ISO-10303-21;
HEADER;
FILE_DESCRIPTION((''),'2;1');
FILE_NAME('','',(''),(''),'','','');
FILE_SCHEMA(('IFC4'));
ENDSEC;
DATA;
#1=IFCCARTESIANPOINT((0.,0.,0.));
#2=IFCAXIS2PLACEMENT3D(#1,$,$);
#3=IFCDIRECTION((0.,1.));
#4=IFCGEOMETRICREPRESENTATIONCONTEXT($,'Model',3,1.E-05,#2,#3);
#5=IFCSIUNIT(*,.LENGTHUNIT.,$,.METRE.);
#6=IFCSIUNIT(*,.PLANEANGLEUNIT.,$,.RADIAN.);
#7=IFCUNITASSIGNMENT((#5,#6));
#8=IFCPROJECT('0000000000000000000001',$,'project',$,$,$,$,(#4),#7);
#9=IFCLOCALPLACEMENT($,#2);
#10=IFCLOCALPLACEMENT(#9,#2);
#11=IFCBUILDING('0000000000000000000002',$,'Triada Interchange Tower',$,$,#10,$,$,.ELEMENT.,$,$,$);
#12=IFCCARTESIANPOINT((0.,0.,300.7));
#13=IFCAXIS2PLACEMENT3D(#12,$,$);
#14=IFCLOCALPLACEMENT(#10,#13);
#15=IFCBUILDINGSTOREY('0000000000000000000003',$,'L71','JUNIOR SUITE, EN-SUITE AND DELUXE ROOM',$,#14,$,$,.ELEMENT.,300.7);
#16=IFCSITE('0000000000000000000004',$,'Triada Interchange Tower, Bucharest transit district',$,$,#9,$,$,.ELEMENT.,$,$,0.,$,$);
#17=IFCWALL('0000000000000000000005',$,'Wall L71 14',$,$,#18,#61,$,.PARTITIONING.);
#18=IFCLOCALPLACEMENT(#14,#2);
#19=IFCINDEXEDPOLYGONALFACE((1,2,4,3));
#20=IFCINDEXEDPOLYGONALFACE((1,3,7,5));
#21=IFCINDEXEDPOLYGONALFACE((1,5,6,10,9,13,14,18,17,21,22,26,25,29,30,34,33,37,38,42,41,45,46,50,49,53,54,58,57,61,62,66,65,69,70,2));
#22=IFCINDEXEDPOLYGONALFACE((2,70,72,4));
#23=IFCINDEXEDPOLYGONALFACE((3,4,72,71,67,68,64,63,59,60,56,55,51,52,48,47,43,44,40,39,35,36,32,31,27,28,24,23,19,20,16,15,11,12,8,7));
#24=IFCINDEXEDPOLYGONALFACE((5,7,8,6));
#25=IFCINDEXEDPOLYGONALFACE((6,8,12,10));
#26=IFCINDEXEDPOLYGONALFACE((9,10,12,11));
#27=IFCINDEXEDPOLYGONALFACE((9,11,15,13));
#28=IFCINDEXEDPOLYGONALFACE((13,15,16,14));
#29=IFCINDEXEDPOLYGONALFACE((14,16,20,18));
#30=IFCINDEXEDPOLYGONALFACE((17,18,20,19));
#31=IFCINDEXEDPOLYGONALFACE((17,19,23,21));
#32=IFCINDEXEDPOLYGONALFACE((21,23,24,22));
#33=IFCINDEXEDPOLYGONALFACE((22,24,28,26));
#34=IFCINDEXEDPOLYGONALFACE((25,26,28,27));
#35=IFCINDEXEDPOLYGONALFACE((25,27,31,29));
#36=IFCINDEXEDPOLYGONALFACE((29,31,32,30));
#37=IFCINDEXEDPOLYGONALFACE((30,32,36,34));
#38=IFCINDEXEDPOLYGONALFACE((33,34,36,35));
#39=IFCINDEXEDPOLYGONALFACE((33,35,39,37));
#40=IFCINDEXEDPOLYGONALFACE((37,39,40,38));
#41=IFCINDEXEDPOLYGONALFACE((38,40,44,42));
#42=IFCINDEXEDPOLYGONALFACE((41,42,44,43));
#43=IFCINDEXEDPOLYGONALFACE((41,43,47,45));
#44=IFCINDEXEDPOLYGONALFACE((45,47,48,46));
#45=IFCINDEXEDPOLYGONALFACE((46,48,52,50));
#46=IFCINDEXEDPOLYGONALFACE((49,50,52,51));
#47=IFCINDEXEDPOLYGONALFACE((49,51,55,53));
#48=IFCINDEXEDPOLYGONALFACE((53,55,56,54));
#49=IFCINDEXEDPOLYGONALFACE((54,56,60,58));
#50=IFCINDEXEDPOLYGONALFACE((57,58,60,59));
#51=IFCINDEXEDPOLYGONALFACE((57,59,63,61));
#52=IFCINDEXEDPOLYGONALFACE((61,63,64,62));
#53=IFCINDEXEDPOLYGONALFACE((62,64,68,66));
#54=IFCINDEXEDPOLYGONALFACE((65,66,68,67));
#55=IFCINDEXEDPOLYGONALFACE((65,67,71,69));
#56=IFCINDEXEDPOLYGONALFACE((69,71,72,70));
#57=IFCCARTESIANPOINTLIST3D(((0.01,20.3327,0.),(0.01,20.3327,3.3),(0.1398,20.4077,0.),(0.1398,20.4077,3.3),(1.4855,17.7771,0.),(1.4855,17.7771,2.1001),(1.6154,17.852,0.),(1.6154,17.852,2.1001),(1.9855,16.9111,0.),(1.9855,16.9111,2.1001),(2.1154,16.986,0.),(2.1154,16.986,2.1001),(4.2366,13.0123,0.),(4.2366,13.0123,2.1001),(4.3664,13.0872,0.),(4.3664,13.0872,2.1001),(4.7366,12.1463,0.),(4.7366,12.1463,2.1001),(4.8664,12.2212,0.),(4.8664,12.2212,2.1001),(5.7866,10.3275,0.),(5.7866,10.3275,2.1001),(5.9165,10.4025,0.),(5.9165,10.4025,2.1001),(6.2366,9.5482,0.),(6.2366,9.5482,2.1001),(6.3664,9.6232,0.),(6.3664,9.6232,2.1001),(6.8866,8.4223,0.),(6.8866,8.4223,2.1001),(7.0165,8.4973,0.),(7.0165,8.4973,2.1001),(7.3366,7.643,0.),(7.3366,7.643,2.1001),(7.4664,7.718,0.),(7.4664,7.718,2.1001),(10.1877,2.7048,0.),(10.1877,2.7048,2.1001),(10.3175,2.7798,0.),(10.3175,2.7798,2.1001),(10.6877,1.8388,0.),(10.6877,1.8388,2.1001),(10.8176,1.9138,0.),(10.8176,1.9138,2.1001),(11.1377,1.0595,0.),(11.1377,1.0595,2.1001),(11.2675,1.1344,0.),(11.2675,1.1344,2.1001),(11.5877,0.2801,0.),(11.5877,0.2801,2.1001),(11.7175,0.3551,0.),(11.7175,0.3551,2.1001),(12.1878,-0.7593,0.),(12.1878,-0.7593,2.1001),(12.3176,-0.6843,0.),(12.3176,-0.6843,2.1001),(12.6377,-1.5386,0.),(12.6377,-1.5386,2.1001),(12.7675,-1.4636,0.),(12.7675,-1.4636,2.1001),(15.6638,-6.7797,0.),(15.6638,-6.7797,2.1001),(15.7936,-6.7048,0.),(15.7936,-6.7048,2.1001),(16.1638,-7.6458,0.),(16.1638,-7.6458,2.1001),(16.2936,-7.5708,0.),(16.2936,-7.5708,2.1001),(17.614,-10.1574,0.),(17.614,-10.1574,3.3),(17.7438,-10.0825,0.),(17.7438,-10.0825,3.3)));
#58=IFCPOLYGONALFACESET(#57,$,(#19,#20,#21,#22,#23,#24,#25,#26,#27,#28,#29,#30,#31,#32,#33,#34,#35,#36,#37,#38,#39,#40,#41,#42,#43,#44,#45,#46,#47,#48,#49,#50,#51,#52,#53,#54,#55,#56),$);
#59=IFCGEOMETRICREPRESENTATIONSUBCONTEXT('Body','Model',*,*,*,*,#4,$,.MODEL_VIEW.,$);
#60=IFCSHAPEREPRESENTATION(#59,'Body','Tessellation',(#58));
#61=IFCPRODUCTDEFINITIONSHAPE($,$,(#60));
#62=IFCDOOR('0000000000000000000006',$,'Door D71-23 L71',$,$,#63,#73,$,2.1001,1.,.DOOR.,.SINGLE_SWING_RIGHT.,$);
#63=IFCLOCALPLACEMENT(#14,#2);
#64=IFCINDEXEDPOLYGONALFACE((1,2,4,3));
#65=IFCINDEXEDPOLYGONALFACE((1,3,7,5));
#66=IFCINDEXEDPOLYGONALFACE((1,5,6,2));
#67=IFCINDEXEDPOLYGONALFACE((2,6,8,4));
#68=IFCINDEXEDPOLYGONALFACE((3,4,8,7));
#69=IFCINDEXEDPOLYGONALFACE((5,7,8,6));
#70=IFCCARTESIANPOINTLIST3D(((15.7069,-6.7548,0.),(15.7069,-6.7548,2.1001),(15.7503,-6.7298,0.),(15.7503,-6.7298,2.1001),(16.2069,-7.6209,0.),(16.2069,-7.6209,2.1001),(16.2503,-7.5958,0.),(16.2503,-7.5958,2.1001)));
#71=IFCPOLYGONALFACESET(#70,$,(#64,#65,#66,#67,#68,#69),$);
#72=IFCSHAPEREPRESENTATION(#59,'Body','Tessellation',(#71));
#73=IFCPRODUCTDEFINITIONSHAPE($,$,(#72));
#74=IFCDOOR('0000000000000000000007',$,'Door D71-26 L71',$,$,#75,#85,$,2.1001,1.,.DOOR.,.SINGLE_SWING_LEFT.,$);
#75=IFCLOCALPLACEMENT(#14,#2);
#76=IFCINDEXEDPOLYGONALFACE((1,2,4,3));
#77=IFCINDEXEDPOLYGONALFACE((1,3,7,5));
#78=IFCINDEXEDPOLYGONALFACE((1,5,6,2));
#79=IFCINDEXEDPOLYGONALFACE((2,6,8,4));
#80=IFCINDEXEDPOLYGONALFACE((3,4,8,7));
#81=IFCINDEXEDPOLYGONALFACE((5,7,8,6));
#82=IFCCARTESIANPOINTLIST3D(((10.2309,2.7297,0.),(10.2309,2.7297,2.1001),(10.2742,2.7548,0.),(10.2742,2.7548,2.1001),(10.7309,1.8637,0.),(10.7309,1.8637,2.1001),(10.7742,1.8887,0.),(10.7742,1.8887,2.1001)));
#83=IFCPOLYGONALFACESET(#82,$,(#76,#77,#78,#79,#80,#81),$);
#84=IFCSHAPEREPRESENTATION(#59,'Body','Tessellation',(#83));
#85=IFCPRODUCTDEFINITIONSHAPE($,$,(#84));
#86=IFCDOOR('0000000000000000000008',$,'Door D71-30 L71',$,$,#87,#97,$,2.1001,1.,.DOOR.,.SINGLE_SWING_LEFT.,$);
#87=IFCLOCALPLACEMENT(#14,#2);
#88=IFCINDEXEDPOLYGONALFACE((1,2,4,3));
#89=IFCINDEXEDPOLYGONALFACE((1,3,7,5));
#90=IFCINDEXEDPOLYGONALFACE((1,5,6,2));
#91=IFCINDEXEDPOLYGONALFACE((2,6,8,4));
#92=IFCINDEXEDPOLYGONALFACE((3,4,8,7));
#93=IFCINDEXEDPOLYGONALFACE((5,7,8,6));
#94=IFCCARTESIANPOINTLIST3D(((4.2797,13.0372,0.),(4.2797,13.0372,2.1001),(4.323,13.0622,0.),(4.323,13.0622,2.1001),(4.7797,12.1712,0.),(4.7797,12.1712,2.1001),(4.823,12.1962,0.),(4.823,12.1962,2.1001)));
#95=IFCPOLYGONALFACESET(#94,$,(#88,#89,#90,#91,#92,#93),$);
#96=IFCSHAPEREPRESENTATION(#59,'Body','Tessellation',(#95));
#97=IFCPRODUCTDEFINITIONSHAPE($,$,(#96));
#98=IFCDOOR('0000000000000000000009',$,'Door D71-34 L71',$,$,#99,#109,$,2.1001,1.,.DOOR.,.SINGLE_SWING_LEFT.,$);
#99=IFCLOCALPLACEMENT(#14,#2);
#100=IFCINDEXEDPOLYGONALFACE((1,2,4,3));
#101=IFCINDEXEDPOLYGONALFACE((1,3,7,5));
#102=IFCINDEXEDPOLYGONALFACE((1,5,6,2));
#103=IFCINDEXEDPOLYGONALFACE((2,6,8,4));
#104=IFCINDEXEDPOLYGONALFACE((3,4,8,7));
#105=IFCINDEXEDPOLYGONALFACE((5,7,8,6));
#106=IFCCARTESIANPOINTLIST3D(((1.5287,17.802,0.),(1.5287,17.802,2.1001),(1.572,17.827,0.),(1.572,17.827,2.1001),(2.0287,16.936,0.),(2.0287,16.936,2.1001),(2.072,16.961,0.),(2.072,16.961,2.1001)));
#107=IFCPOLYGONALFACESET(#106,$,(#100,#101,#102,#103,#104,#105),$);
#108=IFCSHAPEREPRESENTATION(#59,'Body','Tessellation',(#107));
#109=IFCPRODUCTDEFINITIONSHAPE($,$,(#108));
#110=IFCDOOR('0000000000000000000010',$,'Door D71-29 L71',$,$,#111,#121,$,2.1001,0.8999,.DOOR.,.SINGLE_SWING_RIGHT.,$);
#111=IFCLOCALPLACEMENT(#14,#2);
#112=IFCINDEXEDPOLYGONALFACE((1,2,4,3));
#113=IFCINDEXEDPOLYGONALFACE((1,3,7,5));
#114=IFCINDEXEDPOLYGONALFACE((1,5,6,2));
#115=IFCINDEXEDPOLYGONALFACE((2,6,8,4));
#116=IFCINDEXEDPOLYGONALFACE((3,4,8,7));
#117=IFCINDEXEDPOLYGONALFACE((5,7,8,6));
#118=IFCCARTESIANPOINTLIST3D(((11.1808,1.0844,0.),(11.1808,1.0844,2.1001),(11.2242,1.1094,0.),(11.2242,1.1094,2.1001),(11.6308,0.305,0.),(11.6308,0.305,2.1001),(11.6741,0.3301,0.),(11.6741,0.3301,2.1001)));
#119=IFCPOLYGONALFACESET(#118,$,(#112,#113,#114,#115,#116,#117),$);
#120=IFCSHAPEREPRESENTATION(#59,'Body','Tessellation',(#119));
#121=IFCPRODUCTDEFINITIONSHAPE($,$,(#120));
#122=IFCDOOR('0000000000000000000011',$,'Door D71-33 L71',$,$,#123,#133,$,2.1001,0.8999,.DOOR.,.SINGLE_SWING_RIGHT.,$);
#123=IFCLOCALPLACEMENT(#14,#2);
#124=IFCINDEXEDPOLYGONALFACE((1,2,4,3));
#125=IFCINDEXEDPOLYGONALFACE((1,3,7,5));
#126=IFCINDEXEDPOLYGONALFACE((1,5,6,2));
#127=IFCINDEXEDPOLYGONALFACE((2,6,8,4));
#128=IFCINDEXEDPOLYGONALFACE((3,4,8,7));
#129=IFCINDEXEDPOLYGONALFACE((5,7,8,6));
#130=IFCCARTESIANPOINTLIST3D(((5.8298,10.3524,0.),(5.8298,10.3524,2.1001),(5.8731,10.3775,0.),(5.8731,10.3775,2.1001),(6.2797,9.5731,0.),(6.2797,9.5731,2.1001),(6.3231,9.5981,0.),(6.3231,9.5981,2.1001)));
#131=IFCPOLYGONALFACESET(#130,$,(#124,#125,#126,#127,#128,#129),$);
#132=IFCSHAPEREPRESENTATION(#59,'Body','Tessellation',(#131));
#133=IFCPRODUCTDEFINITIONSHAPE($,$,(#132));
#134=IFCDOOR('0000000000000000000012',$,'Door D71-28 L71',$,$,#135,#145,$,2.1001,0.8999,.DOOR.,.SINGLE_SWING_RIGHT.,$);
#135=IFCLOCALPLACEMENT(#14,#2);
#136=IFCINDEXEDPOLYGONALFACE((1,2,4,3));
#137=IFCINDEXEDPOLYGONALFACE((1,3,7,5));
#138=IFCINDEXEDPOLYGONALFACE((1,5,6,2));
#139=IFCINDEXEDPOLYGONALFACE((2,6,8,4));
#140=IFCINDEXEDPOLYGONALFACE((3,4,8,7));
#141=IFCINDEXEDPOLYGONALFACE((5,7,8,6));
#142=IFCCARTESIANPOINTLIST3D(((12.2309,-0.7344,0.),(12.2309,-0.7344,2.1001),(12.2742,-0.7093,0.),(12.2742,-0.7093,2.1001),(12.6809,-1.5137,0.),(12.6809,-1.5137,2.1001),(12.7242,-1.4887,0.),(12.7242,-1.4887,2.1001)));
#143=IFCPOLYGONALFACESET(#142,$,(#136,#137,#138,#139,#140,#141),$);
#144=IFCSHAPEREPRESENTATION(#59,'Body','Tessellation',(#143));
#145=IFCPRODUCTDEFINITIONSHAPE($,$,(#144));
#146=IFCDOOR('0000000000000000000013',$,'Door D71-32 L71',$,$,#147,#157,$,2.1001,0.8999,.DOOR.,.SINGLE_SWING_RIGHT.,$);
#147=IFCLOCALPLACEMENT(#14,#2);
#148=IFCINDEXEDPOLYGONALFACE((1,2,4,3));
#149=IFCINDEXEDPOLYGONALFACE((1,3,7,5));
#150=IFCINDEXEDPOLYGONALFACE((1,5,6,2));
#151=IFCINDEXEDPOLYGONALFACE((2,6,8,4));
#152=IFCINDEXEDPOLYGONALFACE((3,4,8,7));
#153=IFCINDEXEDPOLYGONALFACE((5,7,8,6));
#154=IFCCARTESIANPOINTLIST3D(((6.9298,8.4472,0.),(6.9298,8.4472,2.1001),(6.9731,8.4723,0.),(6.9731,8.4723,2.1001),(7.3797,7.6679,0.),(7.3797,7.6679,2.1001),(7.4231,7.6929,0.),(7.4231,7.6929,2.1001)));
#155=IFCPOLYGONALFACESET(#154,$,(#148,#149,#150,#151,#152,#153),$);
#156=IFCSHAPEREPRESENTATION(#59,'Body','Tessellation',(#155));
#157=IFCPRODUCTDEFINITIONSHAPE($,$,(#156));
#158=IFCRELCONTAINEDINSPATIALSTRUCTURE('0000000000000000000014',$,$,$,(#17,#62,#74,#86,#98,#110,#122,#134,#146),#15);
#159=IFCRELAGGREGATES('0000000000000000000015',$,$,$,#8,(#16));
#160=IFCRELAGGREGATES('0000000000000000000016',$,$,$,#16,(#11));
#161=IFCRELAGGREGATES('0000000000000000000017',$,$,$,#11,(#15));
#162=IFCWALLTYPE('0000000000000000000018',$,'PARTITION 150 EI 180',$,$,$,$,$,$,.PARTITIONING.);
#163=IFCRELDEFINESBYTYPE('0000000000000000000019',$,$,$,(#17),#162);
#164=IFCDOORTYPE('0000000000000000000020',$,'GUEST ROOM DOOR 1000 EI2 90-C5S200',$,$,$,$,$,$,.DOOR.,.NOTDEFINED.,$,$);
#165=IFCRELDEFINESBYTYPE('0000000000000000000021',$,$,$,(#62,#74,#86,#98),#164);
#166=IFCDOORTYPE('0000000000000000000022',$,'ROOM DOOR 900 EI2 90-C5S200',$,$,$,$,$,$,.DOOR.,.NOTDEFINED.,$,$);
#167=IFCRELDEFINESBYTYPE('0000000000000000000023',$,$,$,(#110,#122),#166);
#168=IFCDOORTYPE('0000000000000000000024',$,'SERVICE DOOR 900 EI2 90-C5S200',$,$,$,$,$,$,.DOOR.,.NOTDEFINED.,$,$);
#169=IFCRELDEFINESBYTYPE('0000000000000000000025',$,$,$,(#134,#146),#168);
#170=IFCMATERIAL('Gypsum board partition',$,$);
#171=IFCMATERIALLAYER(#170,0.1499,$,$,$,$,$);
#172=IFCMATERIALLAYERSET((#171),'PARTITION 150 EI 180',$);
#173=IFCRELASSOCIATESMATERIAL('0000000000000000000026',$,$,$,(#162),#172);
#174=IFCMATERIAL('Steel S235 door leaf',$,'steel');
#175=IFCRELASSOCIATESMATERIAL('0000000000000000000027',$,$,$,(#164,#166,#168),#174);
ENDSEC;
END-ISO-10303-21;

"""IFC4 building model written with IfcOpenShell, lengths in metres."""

from ifc_helpers import new_model, si_unit, direction, frame, frame_2d, origin, place, context, subcontext, project, spatial, rectangle, extrude, material, layer, layer_set, type_object, element, fill, save


model = new_model("IFC4")

# Units and contexts
model_context = context("Model", 3, precision=1e-05, world=origin(), true_north=direction((0.0, 1.0)))
body_context = subcontext(model_context, "Body", "Model", "MODEL_VIEW")
ifc_project = project(units=[si_unit("LENGTHUNIT", "METRE"), si_unit("PLANEANGLEUNIT", "RADIAN")], contexts=[model_context])

# Site, building, storey
site_placement = place(None, origin())
site = spatial("IfcSite", under=ifc_project, at=site_placement, Name="Triada Interchange Tower, Bucharest transit district", CompositionType="ELEMENT", RefElevation=0.0)
building_placement = place(site_placement, origin())
building = spatial("IfcBuilding", under=site, at=building_placement, Name="Triada Interchange Tower", CompositionType="ELEMENT")
storey_placement = place(building_placement, frame((0.0, 0.0, 300.7)))
storey = spatial("IfcBuildingStorey", under=building, at=storey_placement, Name="L71", Description="JUNIOR SUITE, EN-SUITE AND DELUXE ROOM", CompositionType="ELEMENT", Elevation=300.7)

# Shared definitions
ifc_material_1 = material(Name="Gypsum board partition")
ifc_layer_1 = layer(ifc_material_1, 0.1499)
ifc_layer_set_1 = layer_set([ifc_layer_1], Name="PARTITION 150 EI 180")
wall_type_1 = type_object("IfcWallType", Name="PARTITION 150 EI 180", PredefinedType="PARTITIONING", material=ifc_layer_set_1)

# Wall, openings, doors
wall_1_placement = place(storey_placement, frame((0.075, 20.3701, 0.0), z_axis=(0.0, 0.0, 1.0), x_axis=(0.50001, -0.86602, 0.0)))
wall_1 = element("IfcWall", 1, at=wall_1_placement, inside=storey, type_object=wall_type_1, Name="Wall L71 14", PredefinedType="PARTITIONING", context=body_context, shape_type="SweptSolid", body=[
    extrude(rectangle(XDim=35.2073, YDim=0.1499, at=frame_2d((17.6035, 0.0))), origin(), (0.0, 0.0, 1.0), 3.3),
])
opening_1_placement = place(wall_1_placement, frame((31.3069, 0.0, 0.0)))
opening_1 = element("IfcOpeningElement", 2, at=opening_1_placement, cuts=wall_1, PredefinedType="OPENING", context=body_context, shape_type="SweptSolid", body=[
    extrude(rectangle(XDim=1.0, YDim=2.1001, at=frame_2d((0.5, 1.05))), frame((0.0, 0.085, 0.0), z_axis=(0.0, -1.0, 0.0), x_axis=(1.0, 0.0, 0.0)), (0.0, 0.0, 1.0), 0.1699),
])
opening_2_placement = place(wall_1_placement, frame((20.355, 0.0, 0.0)))
opening_2 = element("IfcOpeningElement", 3, at=opening_2_placement, cuts=wall_1, PredefinedType="OPENING", context=body_context, shape_type="SweptSolid", body=[
    extrude(rectangle(XDim=1.0, YDim=2.1001, at=frame_2d((0.5, 1.05))), frame((0.0, 0.085, 0.0), z_axis=(0.0, -1.0, 0.0), x_axis=(1.0, 0.0, 0.0)), (0.0, 0.0, 1.0), 0.1699),
])
opening_3_placement = place(wall_1_placement, frame((24.355, 0.0, 0.0)))
opening_3 = element("IfcOpeningElement", 4, at=opening_3_placement, cuts=wall_1, PredefinedType="OPENING", context=body_context, shape_type="SweptSolid", body=[
    extrude(rectangle(XDim=0.8999, YDim=2.1001, at=frame_2d((0.45, 1.05))), frame((0.0, 0.085, 0.0), z_axis=(0.0, -1.0, 0.0), x_axis=(1.0, 0.0, 0.0)), (0.0, 0.0, 1.0), 0.1699),
])
opening_4_placement = place(wall_1_placement, frame((22.2549, 0.0, 0.0)))
opening_4 = element("IfcOpeningElement", 5, at=opening_4_placement, cuts=wall_1, PredefinedType="OPENING", context=body_context, shape_type="SweptSolid", body=[
    extrude(rectangle(XDim=0.8999, YDim=2.1001, at=frame_2d((0.45, 1.05))), frame((0.0, 0.085, 0.0), z_axis=(0.0, -1.0, 0.0), x_axis=(1.0, 0.0, 0.0)), (0.0, 0.0, 1.0), 0.1699),
])
opening_5_placement = place(wall_1_placement, frame((8.4529, 0.0, 0.0)))
opening_5 = element("IfcOpeningElement", 6, at=opening_5_placement, cuts=wall_1, PredefinedType="OPENING", context=body_context, shape_type="SweptSolid", body=[
    extrude(rectangle(XDim=1.0, YDim=2.1001, at=frame_2d((0.5, 1.05))), frame((0.0, 0.085, 0.0), z_axis=(0.0, -1.0, 0.0), x_axis=(1.0, 0.0, 0.0)), (0.0, 0.0, 1.0), 0.1699),
])
opening_6_placement = place(wall_1_placement, frame((13.7529, 0.0, 0.0)))
opening_6 = element("IfcOpeningElement", 7, at=opening_6_placement, cuts=wall_1, PredefinedType="OPENING", context=body_context, shape_type="SweptSolid", body=[
    extrude(rectangle(XDim=0.8999, YDim=2.1001, at=frame_2d((0.45, 1.05))), frame((0.0, 0.085, 0.0), z_axis=(0.0, -1.0, 0.0), x_axis=(1.0, 0.0, 0.0)), (0.0, 0.0, 1.0), 0.1699),
])
opening_7_placement = place(wall_1_placement, frame((11.553, 0.0, 0.0)))
opening_7 = element("IfcOpeningElement", 8, at=opening_7_placement, cuts=wall_1, PredefinedType="OPENING", context=body_context, shape_type="SweptSolid", body=[
    extrude(rectangle(XDim=0.8999, YDim=2.1001, at=frame_2d((0.45, 1.05))), frame((0.0, 0.085, 0.0), z_axis=(0.0, -1.0, 0.0), x_axis=(1.0, 0.0, 0.0)), (0.0, 0.0, 1.0), 0.1699),
])
opening_8_placement = place(wall_1_placement, frame((2.9509, 0.0, 0.0)))
opening_8 = element("IfcOpeningElement", 9, at=opening_8_placement, cuts=wall_1, PredefinedType="OPENING", context=body_context, shape_type="SweptSolid", body=[
    extrude(rectangle(XDim=1.0, YDim=2.1001, at=frame_2d((0.5, 1.05))), frame((0.0, 0.085, 0.0), z_axis=(0.0, -1.0, 0.0), x_axis=(1.0, 0.0, 0.0)), (0.0, 0.0, 1.0), 0.1699),
])
ifc_material_2 = material(Name="Steel S235 door leaf", Category="steel")
door_type_1 = type_object("IfcDoorType", Name="GUEST ROOM DOOR 1000 EI2 90-C5S200", OperationType="NOTDEFINED", PredefinedType="DOOR", material=ifc_material_2)
door_1_placement = place(opening_1_placement, origin())
door_1 = element("IfcDoor", 10, at=door_1_placement, inside=storey, type_object=door_type_1, Name="Door D71-23 L71", OperationType="SINGLE_SWING_RIGHT", OverallHeight=2.1001, OverallWidth=1.0, PredefinedType="DOOR", context=body_context, shape_type="SweptSolid", body=[
    extrude(rectangle(XDim=1.0, YDim=2.1001, at=frame_2d((0.5, 1.05))), frame((0.0, 0.0249, 0.0), z_axis=(0.0, -1.0, 0.0), x_axis=(1.0, 0.0, 0.0)), (0.0, 0.0, 1.0), 0.05),
])
fill(opening_1, door_1)
door_2_placement = place(opening_2_placement, origin())
door_2 = element("IfcDoor", 11, at=door_2_placement, inside=storey, type_object=door_type_1, Name="Door D71-26 L71", OperationType="SINGLE_SWING_LEFT", OverallHeight=2.1001, OverallWidth=1.0, PredefinedType="DOOR", context=body_context, shape_type="SweptSolid", body=[
    extrude(rectangle(XDim=1.0, YDim=2.1001, at=frame_2d((0.5, 1.05))), frame((0.0, 0.0249, 0.0), z_axis=(0.0, -1.0, 0.0), x_axis=(1.0, 0.0, 0.0)), (0.0, 0.0, 1.0), 0.05),
])
fill(opening_2, door_2)
door_3_placement = place(opening_5_placement, origin())
door_3 = element("IfcDoor", 12, at=door_3_placement, inside=storey, type_object=door_type_1, Name="Door D71-30 L71", OperationType="SINGLE_SWING_LEFT", OverallHeight=2.1001, OverallWidth=1.0, PredefinedType="DOOR", context=body_context, shape_type="SweptSolid", body=[
    extrude(rectangle(XDim=1.0, YDim=2.1001, at=frame_2d((0.5, 1.05))), frame((0.0, 0.0249, 0.0), z_axis=(0.0, -1.0, 0.0), x_axis=(1.0, 0.0, 0.0)), (0.0, 0.0, 1.0), 0.05),
])
fill(opening_5, door_3)
door_4_placement = place(opening_8_placement, origin())
door_4 = element("IfcDoor", 13, at=door_4_placement, inside=storey, type_object=door_type_1, Name="Door D71-34 L71", OperationType="SINGLE_SWING_LEFT", OverallHeight=2.1001, OverallWidth=1.0, PredefinedType="DOOR", context=body_context, shape_type="SweptSolid", body=[
    extrude(rectangle(XDim=1.0, YDim=2.1001, at=frame_2d((0.5, 1.05))), frame((0.0, 0.0249, 0.0), z_axis=(0.0, -1.0, 0.0), x_axis=(1.0, 0.0, 0.0)), (0.0, 0.0, 1.0), 0.05),
])
fill(opening_8, door_4)
door_type_2 = type_object("IfcDoorType", Name="ROOM DOOR 900 EI2 90-C5S200", OperationType="NOTDEFINED", PredefinedType="DOOR", material=ifc_material_2)
door_5_placement = place(opening_4_placement, origin())
door_5 = element("IfcDoor", 14, at=door_5_placement, inside=storey, type_object=door_type_2, Name="Door D71-29 L71", OperationType="SINGLE_SWING_RIGHT", OverallHeight=2.1001, OverallWidth=0.8999, PredefinedType="DOOR", context=body_context, shape_type="SweptSolid", body=[
    extrude(rectangle(XDim=0.8999, YDim=2.1001, at=frame_2d((0.45, 1.05))), frame((0.0, 0.0249, 0.0), z_axis=(0.0, -1.0, 0.0), x_axis=(1.0, 0.0, 0.0)), (0.0, 0.0, 1.0), 0.05),
])
fill(opening_4, door_5)
door_6_placement = place(opening_7_placement, origin())
door_6 = element("IfcDoor", 15, at=door_6_placement, inside=storey, type_object=door_type_2, Name="Door D71-33 L71", OperationType="SINGLE_SWING_RIGHT", OverallHeight=2.1001, OverallWidth=0.8999, PredefinedType="DOOR", context=body_context, shape_type="SweptSolid", body=[
    extrude(rectangle(XDim=0.8999, YDim=2.1001, at=frame_2d((0.45, 1.05))), frame((0.0, 0.0249, 0.0), z_axis=(0.0, -1.0, 0.0), x_axis=(1.0, 0.0, 0.0)), (0.0, 0.0, 1.0), 0.05),
])
fill(opening_7, door_6)
door_type_3 = type_object("IfcDoorType", Name="SERVICE DOOR 900 EI2 90-C5S200", OperationType="NOTDEFINED", PredefinedType="DOOR", material=ifc_material_2)
door_7_placement = place(opening_3_placement, origin())
door_7 = element("IfcDoor", 16, at=door_7_placement, inside=storey, type_object=door_type_3, Name="Door D71-28 L71", OperationType="SINGLE_SWING_RIGHT", OverallHeight=2.1001, OverallWidth=0.8999, PredefinedType="DOOR", context=body_context, shape_type="SweptSolid", body=[
    extrude(rectangle(XDim=0.8999, YDim=2.1001, at=frame_2d((0.45, 1.05))), frame((0.0, 0.0249, 0.0), z_axis=(0.0, -1.0, 0.0), x_axis=(1.0, 0.0, 0.0)), (0.0, 0.0, 1.0), 0.05),
])
fill(opening_3, door_7)
door_8_placement = place(opening_6_placement, origin())
door_8 = element("IfcDoor", 17, at=door_8_placement, inside=storey, type_object=door_type_3, Name="Door D71-32 L71", OperationType="SINGLE_SWING_RIGHT", OverallHeight=2.1001, OverallWidth=0.8999, PredefinedType="DOOR", context=body_context, shape_type="SweptSolid", body=[
    extrude(rectangle(XDim=0.8999, YDim=2.1001, at=frame_2d((0.45, 1.05))), frame((0.0, 0.0249, 0.0), z_axis=(0.0, -1.0, 0.0), x_axis=(1.0, 0.0, 0.0)), (0.0, 0.0, 1.0), 0.05),
])
fill(opening_6, door_8)

save(model, "model.ifc")
